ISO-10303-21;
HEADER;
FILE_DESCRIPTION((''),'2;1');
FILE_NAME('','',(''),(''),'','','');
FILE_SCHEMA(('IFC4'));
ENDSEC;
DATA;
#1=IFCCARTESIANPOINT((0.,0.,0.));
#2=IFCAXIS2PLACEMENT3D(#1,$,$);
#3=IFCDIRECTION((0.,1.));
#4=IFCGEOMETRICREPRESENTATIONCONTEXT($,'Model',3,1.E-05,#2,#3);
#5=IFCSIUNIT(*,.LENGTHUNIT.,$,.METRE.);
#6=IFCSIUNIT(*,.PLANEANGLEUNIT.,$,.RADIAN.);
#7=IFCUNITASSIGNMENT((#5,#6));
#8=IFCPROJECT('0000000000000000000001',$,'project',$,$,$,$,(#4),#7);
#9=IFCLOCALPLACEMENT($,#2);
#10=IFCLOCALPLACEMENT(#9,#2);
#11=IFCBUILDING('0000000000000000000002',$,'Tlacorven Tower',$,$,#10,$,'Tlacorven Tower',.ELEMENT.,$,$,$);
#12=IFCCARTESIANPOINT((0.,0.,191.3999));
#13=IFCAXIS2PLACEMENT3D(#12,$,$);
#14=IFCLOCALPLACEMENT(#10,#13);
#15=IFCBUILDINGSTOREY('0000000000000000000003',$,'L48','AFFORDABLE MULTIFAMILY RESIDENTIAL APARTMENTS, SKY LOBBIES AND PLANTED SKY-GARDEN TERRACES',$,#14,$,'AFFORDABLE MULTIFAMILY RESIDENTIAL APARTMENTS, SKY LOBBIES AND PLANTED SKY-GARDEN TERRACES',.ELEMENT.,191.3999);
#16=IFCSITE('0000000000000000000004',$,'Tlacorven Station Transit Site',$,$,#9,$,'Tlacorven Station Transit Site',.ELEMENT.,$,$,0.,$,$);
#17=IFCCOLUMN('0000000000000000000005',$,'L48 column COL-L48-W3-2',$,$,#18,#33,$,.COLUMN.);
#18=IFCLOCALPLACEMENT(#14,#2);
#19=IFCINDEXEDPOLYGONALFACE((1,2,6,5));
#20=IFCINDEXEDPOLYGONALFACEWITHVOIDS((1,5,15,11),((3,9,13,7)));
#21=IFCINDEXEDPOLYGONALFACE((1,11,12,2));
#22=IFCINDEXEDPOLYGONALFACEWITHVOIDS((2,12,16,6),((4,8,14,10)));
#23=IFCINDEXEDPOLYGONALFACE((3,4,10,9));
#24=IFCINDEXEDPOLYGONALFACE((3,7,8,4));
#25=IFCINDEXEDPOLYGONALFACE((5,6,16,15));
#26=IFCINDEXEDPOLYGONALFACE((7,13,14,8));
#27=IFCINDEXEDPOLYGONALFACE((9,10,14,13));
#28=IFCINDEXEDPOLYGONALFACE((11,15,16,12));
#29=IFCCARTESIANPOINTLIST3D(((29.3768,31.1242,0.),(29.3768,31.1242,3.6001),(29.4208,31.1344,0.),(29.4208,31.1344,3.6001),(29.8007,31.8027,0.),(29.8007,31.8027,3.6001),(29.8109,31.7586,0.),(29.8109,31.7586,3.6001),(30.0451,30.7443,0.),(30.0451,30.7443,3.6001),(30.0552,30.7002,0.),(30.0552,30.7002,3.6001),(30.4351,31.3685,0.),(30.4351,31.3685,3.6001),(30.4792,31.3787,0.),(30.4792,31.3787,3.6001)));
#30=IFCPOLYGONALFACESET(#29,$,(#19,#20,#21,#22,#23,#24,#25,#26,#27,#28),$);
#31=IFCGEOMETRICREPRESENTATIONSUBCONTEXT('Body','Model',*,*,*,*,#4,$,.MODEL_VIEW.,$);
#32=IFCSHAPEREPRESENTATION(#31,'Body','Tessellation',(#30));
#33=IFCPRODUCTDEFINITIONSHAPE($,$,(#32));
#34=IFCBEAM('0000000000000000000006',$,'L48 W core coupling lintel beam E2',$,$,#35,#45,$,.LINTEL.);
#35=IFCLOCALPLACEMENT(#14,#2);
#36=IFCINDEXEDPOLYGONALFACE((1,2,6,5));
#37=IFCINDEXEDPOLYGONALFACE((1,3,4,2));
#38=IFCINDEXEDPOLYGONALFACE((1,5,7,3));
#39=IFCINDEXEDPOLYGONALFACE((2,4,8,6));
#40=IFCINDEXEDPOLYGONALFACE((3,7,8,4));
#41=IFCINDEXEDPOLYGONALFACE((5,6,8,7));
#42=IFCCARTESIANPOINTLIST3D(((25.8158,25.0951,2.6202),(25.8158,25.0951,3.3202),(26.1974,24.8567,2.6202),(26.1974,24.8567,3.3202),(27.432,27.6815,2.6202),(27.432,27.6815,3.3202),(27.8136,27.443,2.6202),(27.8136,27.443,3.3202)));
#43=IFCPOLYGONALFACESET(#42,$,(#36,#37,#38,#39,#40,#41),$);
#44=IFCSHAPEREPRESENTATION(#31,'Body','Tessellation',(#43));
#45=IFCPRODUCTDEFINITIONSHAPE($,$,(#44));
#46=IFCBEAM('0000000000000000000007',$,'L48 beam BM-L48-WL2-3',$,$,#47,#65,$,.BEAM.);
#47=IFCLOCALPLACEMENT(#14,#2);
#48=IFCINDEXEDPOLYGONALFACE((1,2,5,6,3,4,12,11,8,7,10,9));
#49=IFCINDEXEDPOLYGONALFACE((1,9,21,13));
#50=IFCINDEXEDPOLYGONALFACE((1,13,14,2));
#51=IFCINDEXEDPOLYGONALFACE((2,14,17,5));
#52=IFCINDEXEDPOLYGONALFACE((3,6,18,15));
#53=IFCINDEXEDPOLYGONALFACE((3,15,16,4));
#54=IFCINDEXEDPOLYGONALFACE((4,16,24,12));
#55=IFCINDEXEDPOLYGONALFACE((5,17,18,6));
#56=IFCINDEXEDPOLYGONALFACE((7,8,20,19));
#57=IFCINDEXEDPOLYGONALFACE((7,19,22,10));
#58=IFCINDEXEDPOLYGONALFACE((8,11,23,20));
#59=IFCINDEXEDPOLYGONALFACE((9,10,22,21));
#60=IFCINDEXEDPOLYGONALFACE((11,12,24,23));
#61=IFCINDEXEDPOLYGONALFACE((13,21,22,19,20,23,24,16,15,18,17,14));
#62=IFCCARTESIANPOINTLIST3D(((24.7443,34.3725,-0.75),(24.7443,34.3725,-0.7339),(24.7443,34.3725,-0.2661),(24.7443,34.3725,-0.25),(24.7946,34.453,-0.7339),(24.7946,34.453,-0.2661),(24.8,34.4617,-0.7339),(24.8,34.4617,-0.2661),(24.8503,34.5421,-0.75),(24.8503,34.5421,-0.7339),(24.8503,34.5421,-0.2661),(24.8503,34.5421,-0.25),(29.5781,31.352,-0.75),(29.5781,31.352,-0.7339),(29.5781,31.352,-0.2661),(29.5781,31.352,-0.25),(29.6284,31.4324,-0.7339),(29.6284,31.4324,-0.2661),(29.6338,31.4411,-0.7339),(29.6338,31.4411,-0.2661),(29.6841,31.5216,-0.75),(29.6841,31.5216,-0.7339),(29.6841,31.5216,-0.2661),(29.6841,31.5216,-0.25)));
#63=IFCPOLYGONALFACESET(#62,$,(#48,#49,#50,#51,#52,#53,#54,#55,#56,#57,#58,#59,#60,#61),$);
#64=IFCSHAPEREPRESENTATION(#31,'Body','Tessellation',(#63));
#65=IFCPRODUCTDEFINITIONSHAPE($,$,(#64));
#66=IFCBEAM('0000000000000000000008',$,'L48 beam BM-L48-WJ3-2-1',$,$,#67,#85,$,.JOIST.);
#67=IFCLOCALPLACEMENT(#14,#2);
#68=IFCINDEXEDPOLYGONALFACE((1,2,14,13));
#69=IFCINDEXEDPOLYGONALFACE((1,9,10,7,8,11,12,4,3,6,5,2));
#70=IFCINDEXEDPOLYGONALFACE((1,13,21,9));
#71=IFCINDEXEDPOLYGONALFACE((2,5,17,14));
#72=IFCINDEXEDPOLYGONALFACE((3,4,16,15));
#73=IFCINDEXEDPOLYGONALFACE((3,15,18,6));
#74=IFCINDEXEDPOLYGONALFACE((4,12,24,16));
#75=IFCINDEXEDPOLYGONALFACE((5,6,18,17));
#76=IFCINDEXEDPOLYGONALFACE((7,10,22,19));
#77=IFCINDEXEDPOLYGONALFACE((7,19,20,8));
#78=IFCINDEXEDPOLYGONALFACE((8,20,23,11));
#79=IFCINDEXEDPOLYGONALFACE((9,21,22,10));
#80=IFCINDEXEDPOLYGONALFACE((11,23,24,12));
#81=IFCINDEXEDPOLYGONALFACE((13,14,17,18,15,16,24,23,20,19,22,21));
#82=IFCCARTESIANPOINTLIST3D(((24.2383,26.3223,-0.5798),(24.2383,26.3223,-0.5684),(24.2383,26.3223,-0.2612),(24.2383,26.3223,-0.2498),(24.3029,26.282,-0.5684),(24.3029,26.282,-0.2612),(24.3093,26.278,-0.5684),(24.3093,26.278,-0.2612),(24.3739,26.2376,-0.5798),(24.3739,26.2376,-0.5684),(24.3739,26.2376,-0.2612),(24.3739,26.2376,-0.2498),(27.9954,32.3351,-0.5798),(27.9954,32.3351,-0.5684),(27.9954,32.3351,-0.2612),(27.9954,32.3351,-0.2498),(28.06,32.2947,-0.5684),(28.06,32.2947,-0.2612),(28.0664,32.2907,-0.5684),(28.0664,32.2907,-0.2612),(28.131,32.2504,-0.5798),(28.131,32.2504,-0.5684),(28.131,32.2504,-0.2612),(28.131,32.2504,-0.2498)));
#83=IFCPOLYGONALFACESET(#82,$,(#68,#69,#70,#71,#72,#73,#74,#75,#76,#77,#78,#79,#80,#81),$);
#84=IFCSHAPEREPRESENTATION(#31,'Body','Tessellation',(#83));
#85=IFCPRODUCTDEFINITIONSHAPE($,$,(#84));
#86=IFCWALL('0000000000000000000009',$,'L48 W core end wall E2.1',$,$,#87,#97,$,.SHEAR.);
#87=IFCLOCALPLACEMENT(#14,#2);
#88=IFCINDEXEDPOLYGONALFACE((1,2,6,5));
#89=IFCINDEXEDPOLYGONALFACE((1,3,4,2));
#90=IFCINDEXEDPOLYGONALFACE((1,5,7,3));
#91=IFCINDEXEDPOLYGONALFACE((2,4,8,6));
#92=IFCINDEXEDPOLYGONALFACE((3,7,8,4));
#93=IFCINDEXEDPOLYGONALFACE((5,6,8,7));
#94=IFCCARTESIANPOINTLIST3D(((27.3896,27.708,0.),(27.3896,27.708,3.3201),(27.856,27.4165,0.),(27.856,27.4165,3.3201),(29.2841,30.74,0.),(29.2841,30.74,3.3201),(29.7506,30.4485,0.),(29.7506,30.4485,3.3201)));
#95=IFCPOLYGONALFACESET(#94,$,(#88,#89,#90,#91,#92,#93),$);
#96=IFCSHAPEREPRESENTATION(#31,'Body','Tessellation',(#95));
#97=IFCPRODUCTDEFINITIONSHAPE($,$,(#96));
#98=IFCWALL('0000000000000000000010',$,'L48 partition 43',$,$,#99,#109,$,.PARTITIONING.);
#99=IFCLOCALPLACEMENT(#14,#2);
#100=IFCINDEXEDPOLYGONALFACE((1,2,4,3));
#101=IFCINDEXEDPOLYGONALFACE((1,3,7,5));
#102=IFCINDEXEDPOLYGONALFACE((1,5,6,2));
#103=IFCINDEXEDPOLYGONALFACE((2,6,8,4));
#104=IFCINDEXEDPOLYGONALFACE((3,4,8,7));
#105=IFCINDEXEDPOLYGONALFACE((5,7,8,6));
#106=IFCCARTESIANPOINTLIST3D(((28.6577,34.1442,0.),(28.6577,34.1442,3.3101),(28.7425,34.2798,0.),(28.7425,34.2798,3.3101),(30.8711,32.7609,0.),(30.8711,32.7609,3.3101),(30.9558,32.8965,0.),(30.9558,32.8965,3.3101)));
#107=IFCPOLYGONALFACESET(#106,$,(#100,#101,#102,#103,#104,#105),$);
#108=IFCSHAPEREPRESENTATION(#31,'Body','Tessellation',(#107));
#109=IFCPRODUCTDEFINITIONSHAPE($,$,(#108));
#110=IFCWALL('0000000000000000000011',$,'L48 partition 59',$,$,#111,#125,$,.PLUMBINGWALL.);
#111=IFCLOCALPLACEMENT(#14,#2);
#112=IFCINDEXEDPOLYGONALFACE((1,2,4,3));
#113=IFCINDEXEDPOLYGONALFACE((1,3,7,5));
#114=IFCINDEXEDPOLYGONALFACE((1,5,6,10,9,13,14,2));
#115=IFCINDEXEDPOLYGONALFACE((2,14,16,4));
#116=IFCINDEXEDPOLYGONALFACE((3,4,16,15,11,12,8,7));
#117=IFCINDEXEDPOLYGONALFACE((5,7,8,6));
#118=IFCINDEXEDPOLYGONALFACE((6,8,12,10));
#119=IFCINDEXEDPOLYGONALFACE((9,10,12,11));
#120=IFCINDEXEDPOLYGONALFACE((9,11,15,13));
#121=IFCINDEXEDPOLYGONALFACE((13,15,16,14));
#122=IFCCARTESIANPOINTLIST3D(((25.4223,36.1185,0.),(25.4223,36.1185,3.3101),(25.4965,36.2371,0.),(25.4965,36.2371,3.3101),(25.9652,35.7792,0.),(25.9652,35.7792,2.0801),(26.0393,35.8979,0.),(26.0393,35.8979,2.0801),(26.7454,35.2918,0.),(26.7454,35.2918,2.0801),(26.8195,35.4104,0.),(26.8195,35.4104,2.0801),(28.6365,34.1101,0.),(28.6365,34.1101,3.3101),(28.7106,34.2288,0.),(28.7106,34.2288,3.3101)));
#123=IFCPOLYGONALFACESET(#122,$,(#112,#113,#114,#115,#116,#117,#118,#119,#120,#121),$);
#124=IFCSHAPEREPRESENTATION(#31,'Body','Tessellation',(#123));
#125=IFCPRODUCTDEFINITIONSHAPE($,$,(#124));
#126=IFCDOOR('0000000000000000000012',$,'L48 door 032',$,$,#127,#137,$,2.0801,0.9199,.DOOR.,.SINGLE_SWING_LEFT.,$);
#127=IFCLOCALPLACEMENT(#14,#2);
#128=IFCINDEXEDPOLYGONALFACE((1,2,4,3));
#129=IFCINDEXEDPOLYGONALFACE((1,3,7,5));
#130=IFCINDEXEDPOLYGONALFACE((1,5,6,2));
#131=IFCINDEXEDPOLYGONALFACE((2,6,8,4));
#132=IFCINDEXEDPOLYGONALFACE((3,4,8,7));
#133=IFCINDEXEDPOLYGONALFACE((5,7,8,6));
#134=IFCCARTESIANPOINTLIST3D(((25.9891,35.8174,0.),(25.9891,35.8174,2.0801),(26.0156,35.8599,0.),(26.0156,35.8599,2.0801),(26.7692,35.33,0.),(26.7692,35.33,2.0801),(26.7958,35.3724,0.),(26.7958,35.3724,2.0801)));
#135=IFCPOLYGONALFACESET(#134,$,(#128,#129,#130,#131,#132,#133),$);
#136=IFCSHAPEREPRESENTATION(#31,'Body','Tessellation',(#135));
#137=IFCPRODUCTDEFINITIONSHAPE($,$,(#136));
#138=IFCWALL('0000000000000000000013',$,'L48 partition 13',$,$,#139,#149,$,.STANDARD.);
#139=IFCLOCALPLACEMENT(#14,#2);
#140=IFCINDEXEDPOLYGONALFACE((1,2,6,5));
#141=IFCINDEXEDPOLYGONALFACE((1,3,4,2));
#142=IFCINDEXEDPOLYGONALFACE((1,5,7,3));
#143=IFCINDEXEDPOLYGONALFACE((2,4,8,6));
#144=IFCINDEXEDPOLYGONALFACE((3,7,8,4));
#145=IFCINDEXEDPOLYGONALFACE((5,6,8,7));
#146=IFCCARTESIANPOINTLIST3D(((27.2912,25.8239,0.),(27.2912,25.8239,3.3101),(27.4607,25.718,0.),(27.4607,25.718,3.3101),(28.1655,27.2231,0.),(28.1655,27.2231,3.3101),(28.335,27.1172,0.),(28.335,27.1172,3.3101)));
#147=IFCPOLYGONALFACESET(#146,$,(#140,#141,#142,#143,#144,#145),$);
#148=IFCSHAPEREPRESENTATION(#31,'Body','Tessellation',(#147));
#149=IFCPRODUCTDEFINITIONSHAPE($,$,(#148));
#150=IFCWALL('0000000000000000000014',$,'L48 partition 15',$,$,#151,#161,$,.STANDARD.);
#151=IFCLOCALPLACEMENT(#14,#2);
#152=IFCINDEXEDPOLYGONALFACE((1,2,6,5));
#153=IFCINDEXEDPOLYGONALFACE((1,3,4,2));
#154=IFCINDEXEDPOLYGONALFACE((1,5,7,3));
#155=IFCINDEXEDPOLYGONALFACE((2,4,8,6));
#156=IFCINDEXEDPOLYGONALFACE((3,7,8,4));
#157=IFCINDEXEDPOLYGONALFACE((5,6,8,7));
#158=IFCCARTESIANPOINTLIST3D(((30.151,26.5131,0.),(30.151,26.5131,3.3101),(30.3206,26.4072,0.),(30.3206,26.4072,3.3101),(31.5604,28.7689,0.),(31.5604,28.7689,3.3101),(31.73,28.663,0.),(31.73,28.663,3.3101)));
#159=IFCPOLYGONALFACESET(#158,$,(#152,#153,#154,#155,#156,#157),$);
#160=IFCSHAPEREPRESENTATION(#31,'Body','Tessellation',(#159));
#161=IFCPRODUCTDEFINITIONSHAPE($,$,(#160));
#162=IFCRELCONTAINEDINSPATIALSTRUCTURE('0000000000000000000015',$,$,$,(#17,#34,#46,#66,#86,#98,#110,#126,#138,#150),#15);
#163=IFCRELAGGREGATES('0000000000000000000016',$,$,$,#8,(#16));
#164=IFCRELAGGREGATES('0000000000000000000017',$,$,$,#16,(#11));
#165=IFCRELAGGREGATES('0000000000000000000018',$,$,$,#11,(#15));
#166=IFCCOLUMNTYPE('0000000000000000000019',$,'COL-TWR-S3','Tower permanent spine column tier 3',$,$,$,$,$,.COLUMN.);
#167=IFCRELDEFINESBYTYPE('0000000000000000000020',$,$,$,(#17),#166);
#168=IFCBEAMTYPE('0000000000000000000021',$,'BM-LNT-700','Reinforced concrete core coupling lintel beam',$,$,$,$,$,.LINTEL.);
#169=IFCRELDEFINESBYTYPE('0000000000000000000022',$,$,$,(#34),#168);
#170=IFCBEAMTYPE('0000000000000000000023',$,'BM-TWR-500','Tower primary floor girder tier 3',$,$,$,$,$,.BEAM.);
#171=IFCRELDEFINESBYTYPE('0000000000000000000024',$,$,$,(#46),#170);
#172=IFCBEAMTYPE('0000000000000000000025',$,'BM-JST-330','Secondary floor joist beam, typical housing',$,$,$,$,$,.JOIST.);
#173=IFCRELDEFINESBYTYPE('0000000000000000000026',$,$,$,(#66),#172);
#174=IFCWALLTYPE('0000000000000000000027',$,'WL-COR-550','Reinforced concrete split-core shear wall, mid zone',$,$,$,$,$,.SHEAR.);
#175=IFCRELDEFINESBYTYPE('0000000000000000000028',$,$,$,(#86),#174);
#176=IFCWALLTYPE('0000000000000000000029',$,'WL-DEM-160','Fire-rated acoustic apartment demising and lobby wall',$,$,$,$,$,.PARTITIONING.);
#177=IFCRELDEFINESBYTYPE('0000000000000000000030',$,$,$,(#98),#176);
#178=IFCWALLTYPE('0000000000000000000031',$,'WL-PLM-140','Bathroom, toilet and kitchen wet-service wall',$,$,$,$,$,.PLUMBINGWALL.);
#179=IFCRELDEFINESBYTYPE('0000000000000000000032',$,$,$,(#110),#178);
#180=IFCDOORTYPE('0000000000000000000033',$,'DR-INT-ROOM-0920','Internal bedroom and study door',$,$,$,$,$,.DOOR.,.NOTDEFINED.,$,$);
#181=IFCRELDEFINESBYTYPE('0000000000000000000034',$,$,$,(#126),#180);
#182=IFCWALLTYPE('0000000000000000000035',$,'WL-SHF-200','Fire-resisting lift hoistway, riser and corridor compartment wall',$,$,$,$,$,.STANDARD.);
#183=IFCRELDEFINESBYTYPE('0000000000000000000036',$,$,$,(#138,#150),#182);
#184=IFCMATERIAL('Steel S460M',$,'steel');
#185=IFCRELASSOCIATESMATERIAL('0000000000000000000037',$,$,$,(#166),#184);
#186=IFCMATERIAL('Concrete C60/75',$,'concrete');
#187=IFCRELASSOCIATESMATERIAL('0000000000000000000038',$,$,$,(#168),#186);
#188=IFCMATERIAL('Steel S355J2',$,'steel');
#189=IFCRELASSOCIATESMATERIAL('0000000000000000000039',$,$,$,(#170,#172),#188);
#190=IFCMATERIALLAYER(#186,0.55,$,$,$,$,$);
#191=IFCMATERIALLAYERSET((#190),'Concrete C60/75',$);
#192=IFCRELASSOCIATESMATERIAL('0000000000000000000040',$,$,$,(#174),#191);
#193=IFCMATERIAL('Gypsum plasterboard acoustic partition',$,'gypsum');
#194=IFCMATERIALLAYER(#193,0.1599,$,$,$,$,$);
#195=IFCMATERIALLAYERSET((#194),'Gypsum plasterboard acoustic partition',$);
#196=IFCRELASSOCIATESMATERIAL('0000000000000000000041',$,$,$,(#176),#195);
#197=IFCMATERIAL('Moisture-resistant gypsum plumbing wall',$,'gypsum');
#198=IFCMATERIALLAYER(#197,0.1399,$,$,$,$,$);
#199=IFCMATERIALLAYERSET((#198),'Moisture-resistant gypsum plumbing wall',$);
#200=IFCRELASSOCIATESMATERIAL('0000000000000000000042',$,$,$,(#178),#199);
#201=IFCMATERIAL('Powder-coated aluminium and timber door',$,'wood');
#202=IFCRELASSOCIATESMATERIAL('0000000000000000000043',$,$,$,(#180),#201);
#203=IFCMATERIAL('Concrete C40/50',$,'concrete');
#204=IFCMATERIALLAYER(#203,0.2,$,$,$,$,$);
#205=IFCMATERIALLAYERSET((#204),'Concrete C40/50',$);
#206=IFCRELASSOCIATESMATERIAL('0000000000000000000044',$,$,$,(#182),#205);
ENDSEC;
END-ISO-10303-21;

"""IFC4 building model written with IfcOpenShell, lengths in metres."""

from ifc_helpers import new_model, si_unit, direction, frame, frame_2d, origin, origin_2d, place, context, subcontext, project, spatial, rectangle, hollow_rectangle, i_section, extrude, source, transform, mapped, material, layer, layer_set, material_profile, profile_set, type_object, element, fill, save


model = new_model("IFC4")

# Units and contexts
model_context = context("Model", 3, precision=1e-05, world=origin(), true_north=direction((0.0, 1.0)))
body_context = subcontext(model_context, "Body", "Model", "MODEL_VIEW")
ifc_project = project(units=[si_unit("LENGTHUNIT", "METRE"), si_unit("PLANEANGLEUNIT", "RADIAN")], contexts=[model_context])

# Site, building, storey
site_placement = place(None, origin())
site = spatial("IfcSite", under=ifc_project, at=site_placement, Name="Tlacorven Station Transit Site", LongName="Tlacorven Station Transit Site", CompositionType="ELEMENT", RefElevation=0.0)
building_placement = place(site_placement, origin())
building = spatial("IfcBuilding", under=site, at=building_placement, Name="Tlacorven Tower", LongName="Tlacorven Tower", CompositionType="ELEMENT")
storey_placement = place(building_placement, frame((0.0, 0.0, 191.3999)))
storey = spatial("IfcBuildingStorey", under=building, at=storey_placement, Name="L48", Description="AFFORDABLE MULTIFAMILY RESIDENTIAL APARTMENTS, SKY LOBBIES AND PLANTED SKY-GARDEN TERRACES", LongName="AFFORDABLE MULTIFAMILY RESIDENTIAL APARTMENTS, SKY LOBBIES AND PLANTED SKY-GARDEN TERRACES", CompositionType="ELEMENT", Elevation=191.3999)

# Column
ifc_material_1 = material(Name="Steel S460M", Category="steel")
ifc_material_profile_1 = material_profile(ifc_material_1, hollow_rectangle(XDim=0.8, YDim=0.8, WallThickness=0.032, at=origin_2d()), Name="BOX 800X800X32")
ifc_profile_set_1 = profile_set([ifc_material_profile_1], Name="Steel S460M")
column_type = type_object("IfcColumnType", Name="COL-TWR-S3", Description="Tower permanent spine column tier 3", PredefinedType="COLUMN", material=ifc_profile_set_1)
shared_shape_1 = source(origin(), body_context, "Body", "SweptSolid", [
    extrude(hollow_rectangle(XDim=0.8, YDim=0.8, WallThickness=0.032, at=origin_2d()), origin(), (0.0, 0.0, 1.0), 3.6001),
])
column_placement = place(storey_placement, frame((29.928, 31.2515, 0.0), z_axis=(0.0, 0.0, 1.0), x_axis=(-0.848048, 0.529919, 0.0)))
element("IfcColumn", 1, at=column_placement, inside=storey, type_object=column_type, Name="L48 column COL-L48-W3-2", PredefinedType="COLUMN", context=body_context, shape_type="MappedRepresentation", body=[
    mapped(shared_shape_1, transform((0.0, 0.0, 0.0), scale=1.0)),
])

# Beams
ifc_material_2 = material(Name="Concrete C60/75", Category="concrete")
ifc_material_profile_2 = material_profile(ifc_material_2, rectangle(XDim=0.45, YDim=0.7, at=origin_2d()), Name="RC 450X700")
ifc_profile_set_2 = profile_set([ifc_material_profile_2], Name="Concrete C60/75")
beam_type_1 = type_object("IfcBeamType", Name="BM-LNT-700", Description="Reinforced concrete core coupling lintel beam", PredefinedType="LINTEL", material=ifc_profile_set_2)
shared_shape_2 = source(origin(), body_context, "Body", "SweptSolid", [
    extrude(rectangle(XDim=0.45, YDim=0.7, at=origin_2d()), origin(), (0.0, 0.0, 1.0), 3.0498),
])
beam_1_placement = place(storey_placement, frame((27.6228, 27.5623, 2.9702), z_axis=(-0.529927, -0.848043, 0.0), x_axis=(0.848043, -0.529927, 0.0)))
element("IfcBeam", 2, at=beam_1_placement, inside=storey, type_object=beam_type_1, Name="L48 W core coupling lintel beam E2", PredefinedType="LINTEL", context=body_context, shape_type="MappedRepresentation", body=[
    mapped(shared_shape_2, transform((0.0, 0.0, 0.0), scale=1.0)),
])
ifc_material_3 = material(Name="Steel S355J2", Category="steel")
ifc_material_profile_3 = material_profile(ifc_material_3, i_section(OverallWidth=0.2, OverallDepth=0.5, WebThickness=0.0103, FlangeThickness=0.0161, at=origin_2d()), Name="IPE 500")
ifc_profile_set_3 = profile_set([ifc_material_profile_3], Name="Steel S355J2")
beam_type_2 = type_object("IfcBeamType", Name="BM-TWR-500", Description="Tower primary floor girder tier 3", PredefinedType="BEAM", material=ifc_profile_set_3)
shared_shape_3 = source(origin(), body_context, "Body", "SweptSolid", [
    extrude(i_section(OverallWidth=0.2, OverallDepth=0.5, WebThickness=0.0103, FlangeThickness=0.0161, at=origin_2d()), origin(), (0.0, 0.0, 1.0), 5.7),
])
beam_2_placement = place(storey_placement, frame((29.6311, 31.4368, -0.5), z_axis=(-0.848044, 0.529926, 0.0), x_axis=(-0.529926, -0.848044, 0.0)))
element("IfcBeam", 3, at=beam_2_placement, inside=storey, type_object=beam_type_2, Name="L48 beam BM-L48-WL2-3", PredefinedType="BEAM", context=body_context, shape_type="MappedRepresentation", body=[
    mapped(shared_shape_3, transform((0.0, 0.0, 0.0), scale=1.0)),
])
ifc_material_profile_4 = material_profile(ifc_material_3, i_section(OverallWidth=0.1599, OverallDepth=0.3301, WebThickness=0.0076, FlangeThickness=0.0115, at=origin_2d()), Name="IPE 330")
ifc_profile_set_4 = profile_set([ifc_material_profile_4], Name="Steel S355J2")
beam_type_3 = type_object("IfcBeamType", Name="BM-JST-330", Description="Secondary floor joist beam, typical housing", PredefinedType="JOIST", material=ifc_profile_set_4)
shared_shape_4 = source(origin(), body_context, "Body", "SweptSolid", [
    extrude(i_section(OverallWidth=0.1599, OverallDepth=0.3301, WebThickness=0.0076, FlangeThickness=0.0115, at=origin_2d()), origin(), (0.0, 0.0, 1.0), 7.0901),
])
beam_3_placement = place(storey_placement, frame((28.0632, 32.2927, -0.4148), z_axis=(-0.529912, -0.848052, 0.0), x_axis=(0.848052, -0.529912, 0.0)))
element("IfcBeam", 4, at=beam_3_placement, inside=storey, type_object=beam_type_3, Name="L48 beam BM-L48-WJ3-2-1", PredefinedType="JOIST", context=body_context, shape_type="MappedRepresentation", body=[
    mapped(shared_shape_4, transform((0.0, 0.0, 0.0), scale=1.0)),
])

# Walls
ifc_layer_1 = layer(ifc_material_2, 0.55)
ifc_layer_set_1 = layer_set([ifc_layer_1], Name="Concrete C60/75")
wall_type_1 = type_object("IfcWallType", Name="WL-COR-550", Description="Reinforced concrete split-core shear wall, mid zone", PredefinedType="SHEAR", material=ifc_layer_set_1)
wall_1_placement = place(storey_placement, frame((29.5173, 30.5942, 0.0), z_axis=(0.0, 0.0, 1.0), x_axis=(-0.529907, -0.848056, 0.0)))
element("IfcWall", 5, at=wall_1_placement, inside=storey, type_object=wall_type_1, Name="L48 W core end wall E2.1", PredefinedType="SHEAR", context=body_context, shape_type="SweptSolid", body=[
    extrude(rectangle(XDim=3.5752, YDim=0.55, at=frame_2d((1.7876, 0.0))), origin(), (0.0, 0.0, 1.0), 3.3201),
])
ifc_material_4 = material(Name="Gypsum plasterboard acoustic partition", Category="gypsum")
ifc_layer_2 = layer(ifc_material_4, 0.1599)
ifc_layer_set_2 = layer_set([ifc_layer_2], Name="Gypsum plasterboard acoustic partition")
wall_type_2 = type_object("IfcWallType", Name="WL-DEM-160", Description="Fire-rated acoustic apartment demising and lobby wall", PredefinedType="PARTITIONING", material=ifc_layer_set_2)
wall_2_placement = place(storey_placement, frame((30.9136, 32.8286, 0.0), z_axis=(0.0, 0.0, 1.0), x_axis=(-0.848009, 0.529982, 0.0)))
element("IfcWall", 6, at=wall_2_placement, inside=storey, type_object=wall_type_2, Name="L48 partition 43", PredefinedType="PARTITIONING", context=body_context, shape_type="SweptSolid", body=[
    extrude(rectangle(XDim=2.6101, YDim=0.1599, at=frame_2d((1.3052, 0.0))), origin(), (0.0, 0.0, 1.0), 3.3101),
])

# Wall, opening, door
ifc_material_5 = material(Name="Moisture-resistant gypsum plumbing wall", Category="gypsum")
ifc_layer_3 = layer(ifc_material_5, 0.1399)
ifc_layer_set_3 = layer_set([ifc_layer_3], Name="Moisture-resistant gypsum plumbing wall")
wall_type_3 = type_object("IfcWallType", Name="WL-PLM-140", Description="Bathroom, toilet and kitchen wet-service wall", PredefinedType="PLUMBINGWALL", material=ifc_layer_set_3)
wall_3_placement = place(storey_placement, frame((28.6736, 34.1694, 0.0), z_axis=(0.0, 0.0, 1.0), x_axis=(-0.84806, 0.529901, 0.0)))
wall_3 = element("IfcWall", 7, at=wall_3_placement, inside=storey, type_object=wall_type_3, Name="L48 partition 59", PredefinedType="PLUMBINGWALL", context=body_context, shape_type="SweptSolid", body=[
    extrude(rectangle(XDim=3.79, YDim=0.1399, at=frame_2d((1.895, 0.0))), origin(), (0.0, 0.0, 1.0), 3.3101),
])
opening_placement = place(wall_3_placement, frame((2.23, 0.0, 0.0)))
opening = element("IfcOpeningElement", 8, at=opening_placement, cuts=wall_3, PredefinedType="OPENING", context=body_context, shape_type="SweptSolid", body=[
    extrude(rectangle(XDim=0.9199, YDim=2.0801, at=frame_2d((0.46, 1.04))), frame((0.0, 0.0801, 0.0), z_axis=(0.0, -1.0, 0.0), x_axis=(1.0, 0.0, 0.0)), (0.0, 0.0, 1.0), 0.1599),
])
ifc_material_6 = material(Name="Powder-coated aluminium and timber door", Category="wood")
door_type = type_object("IfcDoorType", Name="DR-INT-ROOM-0920", Description="Internal bedroom and study door", OperationType="NOTDEFINED", PredefinedType="DOOR", material=ifc_material_6)
shared_shape_5 = source(origin(), body_context, "Body", "SweptSolid", [
    extrude(rectangle(XDim=0.9199, YDim=2.0801, at=frame_2d((0.46, 1.04))), frame((0.0, 0.0249, 0.0), z_axis=(0.0, -1.0, 0.0), x_axis=(1.0, 0.0, 0.0)), (0.0, 0.0, 1.0), 0.05),
])
door_placement = place(opening_placement, origin())
door = element("IfcDoor", 9, at=door_placement, inside=storey, type_object=door_type, Name="L48 door 032", OperationType="SINGLE_SWING_LEFT", OverallHeight=2.0801, OverallWidth=0.9199, PredefinedType="DOOR", context=body_context, shape_type="MappedRepresentation", body=[
    mapped(shared_shape_5, transform((0.0, 0.0, 0.0), scale=1.0)),
])
fill(opening, door)

# Walls
ifc_material_7 = material(Name="Concrete C40/50", Category="concrete")
ifc_layer_4 = layer(ifc_material_7, 0.2)
ifc_layer_set_4 = layer_set([ifc_layer_4], Name="Concrete C40/50")
wall_type_4 = type_object("IfcWallType", Name="WL-SHF-200", Description="Fire-resisting lift hoistway, riser and corridor compartment wall", PredefinedType="STANDARD", material=ifc_layer_set_4)
wall_4_placement = place(storey_placement, frame((28.2502, 27.1702, 0.0), z_axis=(0.0, 0.0, 1.0), x_axis=(-0.529906, -0.848056, 0.0)))
element("IfcWall", 10, at=wall_4_placement, inside=storey, type_object=wall_type_4, Name="L48 partition 13", PredefinedType="STANDARD", context=body_context, shape_type="SweptSolid", body=[
    extrude(rectangle(XDim=1.6499, YDim=0.2, at=frame_2d((0.825, 0.0))), origin(), (0.0, 0.0, 1.0), 3.3101),
])
wall_5_placement = place(storey_placement, frame((31.6453, 28.7161, 0.0), z_axis=(0.0, 0.0, 1.0), x_axis=(-0.529867, -0.848081, 0.0)))
element("IfcWall", 11, at=wall_5_placement, inside=storey, type_object=wall_type_4, Name="L48 partition 15", PredefinedType="STANDARD", context=body_context, shape_type="SweptSolid", body=[
    extrude(rectangle(XDim=2.6599, YDim=0.2, at=frame_2d((1.3301, 0.0))), origin(), (0.0, 0.0, 1.0), 3.3101),
])

save(model, "model.ifc")
